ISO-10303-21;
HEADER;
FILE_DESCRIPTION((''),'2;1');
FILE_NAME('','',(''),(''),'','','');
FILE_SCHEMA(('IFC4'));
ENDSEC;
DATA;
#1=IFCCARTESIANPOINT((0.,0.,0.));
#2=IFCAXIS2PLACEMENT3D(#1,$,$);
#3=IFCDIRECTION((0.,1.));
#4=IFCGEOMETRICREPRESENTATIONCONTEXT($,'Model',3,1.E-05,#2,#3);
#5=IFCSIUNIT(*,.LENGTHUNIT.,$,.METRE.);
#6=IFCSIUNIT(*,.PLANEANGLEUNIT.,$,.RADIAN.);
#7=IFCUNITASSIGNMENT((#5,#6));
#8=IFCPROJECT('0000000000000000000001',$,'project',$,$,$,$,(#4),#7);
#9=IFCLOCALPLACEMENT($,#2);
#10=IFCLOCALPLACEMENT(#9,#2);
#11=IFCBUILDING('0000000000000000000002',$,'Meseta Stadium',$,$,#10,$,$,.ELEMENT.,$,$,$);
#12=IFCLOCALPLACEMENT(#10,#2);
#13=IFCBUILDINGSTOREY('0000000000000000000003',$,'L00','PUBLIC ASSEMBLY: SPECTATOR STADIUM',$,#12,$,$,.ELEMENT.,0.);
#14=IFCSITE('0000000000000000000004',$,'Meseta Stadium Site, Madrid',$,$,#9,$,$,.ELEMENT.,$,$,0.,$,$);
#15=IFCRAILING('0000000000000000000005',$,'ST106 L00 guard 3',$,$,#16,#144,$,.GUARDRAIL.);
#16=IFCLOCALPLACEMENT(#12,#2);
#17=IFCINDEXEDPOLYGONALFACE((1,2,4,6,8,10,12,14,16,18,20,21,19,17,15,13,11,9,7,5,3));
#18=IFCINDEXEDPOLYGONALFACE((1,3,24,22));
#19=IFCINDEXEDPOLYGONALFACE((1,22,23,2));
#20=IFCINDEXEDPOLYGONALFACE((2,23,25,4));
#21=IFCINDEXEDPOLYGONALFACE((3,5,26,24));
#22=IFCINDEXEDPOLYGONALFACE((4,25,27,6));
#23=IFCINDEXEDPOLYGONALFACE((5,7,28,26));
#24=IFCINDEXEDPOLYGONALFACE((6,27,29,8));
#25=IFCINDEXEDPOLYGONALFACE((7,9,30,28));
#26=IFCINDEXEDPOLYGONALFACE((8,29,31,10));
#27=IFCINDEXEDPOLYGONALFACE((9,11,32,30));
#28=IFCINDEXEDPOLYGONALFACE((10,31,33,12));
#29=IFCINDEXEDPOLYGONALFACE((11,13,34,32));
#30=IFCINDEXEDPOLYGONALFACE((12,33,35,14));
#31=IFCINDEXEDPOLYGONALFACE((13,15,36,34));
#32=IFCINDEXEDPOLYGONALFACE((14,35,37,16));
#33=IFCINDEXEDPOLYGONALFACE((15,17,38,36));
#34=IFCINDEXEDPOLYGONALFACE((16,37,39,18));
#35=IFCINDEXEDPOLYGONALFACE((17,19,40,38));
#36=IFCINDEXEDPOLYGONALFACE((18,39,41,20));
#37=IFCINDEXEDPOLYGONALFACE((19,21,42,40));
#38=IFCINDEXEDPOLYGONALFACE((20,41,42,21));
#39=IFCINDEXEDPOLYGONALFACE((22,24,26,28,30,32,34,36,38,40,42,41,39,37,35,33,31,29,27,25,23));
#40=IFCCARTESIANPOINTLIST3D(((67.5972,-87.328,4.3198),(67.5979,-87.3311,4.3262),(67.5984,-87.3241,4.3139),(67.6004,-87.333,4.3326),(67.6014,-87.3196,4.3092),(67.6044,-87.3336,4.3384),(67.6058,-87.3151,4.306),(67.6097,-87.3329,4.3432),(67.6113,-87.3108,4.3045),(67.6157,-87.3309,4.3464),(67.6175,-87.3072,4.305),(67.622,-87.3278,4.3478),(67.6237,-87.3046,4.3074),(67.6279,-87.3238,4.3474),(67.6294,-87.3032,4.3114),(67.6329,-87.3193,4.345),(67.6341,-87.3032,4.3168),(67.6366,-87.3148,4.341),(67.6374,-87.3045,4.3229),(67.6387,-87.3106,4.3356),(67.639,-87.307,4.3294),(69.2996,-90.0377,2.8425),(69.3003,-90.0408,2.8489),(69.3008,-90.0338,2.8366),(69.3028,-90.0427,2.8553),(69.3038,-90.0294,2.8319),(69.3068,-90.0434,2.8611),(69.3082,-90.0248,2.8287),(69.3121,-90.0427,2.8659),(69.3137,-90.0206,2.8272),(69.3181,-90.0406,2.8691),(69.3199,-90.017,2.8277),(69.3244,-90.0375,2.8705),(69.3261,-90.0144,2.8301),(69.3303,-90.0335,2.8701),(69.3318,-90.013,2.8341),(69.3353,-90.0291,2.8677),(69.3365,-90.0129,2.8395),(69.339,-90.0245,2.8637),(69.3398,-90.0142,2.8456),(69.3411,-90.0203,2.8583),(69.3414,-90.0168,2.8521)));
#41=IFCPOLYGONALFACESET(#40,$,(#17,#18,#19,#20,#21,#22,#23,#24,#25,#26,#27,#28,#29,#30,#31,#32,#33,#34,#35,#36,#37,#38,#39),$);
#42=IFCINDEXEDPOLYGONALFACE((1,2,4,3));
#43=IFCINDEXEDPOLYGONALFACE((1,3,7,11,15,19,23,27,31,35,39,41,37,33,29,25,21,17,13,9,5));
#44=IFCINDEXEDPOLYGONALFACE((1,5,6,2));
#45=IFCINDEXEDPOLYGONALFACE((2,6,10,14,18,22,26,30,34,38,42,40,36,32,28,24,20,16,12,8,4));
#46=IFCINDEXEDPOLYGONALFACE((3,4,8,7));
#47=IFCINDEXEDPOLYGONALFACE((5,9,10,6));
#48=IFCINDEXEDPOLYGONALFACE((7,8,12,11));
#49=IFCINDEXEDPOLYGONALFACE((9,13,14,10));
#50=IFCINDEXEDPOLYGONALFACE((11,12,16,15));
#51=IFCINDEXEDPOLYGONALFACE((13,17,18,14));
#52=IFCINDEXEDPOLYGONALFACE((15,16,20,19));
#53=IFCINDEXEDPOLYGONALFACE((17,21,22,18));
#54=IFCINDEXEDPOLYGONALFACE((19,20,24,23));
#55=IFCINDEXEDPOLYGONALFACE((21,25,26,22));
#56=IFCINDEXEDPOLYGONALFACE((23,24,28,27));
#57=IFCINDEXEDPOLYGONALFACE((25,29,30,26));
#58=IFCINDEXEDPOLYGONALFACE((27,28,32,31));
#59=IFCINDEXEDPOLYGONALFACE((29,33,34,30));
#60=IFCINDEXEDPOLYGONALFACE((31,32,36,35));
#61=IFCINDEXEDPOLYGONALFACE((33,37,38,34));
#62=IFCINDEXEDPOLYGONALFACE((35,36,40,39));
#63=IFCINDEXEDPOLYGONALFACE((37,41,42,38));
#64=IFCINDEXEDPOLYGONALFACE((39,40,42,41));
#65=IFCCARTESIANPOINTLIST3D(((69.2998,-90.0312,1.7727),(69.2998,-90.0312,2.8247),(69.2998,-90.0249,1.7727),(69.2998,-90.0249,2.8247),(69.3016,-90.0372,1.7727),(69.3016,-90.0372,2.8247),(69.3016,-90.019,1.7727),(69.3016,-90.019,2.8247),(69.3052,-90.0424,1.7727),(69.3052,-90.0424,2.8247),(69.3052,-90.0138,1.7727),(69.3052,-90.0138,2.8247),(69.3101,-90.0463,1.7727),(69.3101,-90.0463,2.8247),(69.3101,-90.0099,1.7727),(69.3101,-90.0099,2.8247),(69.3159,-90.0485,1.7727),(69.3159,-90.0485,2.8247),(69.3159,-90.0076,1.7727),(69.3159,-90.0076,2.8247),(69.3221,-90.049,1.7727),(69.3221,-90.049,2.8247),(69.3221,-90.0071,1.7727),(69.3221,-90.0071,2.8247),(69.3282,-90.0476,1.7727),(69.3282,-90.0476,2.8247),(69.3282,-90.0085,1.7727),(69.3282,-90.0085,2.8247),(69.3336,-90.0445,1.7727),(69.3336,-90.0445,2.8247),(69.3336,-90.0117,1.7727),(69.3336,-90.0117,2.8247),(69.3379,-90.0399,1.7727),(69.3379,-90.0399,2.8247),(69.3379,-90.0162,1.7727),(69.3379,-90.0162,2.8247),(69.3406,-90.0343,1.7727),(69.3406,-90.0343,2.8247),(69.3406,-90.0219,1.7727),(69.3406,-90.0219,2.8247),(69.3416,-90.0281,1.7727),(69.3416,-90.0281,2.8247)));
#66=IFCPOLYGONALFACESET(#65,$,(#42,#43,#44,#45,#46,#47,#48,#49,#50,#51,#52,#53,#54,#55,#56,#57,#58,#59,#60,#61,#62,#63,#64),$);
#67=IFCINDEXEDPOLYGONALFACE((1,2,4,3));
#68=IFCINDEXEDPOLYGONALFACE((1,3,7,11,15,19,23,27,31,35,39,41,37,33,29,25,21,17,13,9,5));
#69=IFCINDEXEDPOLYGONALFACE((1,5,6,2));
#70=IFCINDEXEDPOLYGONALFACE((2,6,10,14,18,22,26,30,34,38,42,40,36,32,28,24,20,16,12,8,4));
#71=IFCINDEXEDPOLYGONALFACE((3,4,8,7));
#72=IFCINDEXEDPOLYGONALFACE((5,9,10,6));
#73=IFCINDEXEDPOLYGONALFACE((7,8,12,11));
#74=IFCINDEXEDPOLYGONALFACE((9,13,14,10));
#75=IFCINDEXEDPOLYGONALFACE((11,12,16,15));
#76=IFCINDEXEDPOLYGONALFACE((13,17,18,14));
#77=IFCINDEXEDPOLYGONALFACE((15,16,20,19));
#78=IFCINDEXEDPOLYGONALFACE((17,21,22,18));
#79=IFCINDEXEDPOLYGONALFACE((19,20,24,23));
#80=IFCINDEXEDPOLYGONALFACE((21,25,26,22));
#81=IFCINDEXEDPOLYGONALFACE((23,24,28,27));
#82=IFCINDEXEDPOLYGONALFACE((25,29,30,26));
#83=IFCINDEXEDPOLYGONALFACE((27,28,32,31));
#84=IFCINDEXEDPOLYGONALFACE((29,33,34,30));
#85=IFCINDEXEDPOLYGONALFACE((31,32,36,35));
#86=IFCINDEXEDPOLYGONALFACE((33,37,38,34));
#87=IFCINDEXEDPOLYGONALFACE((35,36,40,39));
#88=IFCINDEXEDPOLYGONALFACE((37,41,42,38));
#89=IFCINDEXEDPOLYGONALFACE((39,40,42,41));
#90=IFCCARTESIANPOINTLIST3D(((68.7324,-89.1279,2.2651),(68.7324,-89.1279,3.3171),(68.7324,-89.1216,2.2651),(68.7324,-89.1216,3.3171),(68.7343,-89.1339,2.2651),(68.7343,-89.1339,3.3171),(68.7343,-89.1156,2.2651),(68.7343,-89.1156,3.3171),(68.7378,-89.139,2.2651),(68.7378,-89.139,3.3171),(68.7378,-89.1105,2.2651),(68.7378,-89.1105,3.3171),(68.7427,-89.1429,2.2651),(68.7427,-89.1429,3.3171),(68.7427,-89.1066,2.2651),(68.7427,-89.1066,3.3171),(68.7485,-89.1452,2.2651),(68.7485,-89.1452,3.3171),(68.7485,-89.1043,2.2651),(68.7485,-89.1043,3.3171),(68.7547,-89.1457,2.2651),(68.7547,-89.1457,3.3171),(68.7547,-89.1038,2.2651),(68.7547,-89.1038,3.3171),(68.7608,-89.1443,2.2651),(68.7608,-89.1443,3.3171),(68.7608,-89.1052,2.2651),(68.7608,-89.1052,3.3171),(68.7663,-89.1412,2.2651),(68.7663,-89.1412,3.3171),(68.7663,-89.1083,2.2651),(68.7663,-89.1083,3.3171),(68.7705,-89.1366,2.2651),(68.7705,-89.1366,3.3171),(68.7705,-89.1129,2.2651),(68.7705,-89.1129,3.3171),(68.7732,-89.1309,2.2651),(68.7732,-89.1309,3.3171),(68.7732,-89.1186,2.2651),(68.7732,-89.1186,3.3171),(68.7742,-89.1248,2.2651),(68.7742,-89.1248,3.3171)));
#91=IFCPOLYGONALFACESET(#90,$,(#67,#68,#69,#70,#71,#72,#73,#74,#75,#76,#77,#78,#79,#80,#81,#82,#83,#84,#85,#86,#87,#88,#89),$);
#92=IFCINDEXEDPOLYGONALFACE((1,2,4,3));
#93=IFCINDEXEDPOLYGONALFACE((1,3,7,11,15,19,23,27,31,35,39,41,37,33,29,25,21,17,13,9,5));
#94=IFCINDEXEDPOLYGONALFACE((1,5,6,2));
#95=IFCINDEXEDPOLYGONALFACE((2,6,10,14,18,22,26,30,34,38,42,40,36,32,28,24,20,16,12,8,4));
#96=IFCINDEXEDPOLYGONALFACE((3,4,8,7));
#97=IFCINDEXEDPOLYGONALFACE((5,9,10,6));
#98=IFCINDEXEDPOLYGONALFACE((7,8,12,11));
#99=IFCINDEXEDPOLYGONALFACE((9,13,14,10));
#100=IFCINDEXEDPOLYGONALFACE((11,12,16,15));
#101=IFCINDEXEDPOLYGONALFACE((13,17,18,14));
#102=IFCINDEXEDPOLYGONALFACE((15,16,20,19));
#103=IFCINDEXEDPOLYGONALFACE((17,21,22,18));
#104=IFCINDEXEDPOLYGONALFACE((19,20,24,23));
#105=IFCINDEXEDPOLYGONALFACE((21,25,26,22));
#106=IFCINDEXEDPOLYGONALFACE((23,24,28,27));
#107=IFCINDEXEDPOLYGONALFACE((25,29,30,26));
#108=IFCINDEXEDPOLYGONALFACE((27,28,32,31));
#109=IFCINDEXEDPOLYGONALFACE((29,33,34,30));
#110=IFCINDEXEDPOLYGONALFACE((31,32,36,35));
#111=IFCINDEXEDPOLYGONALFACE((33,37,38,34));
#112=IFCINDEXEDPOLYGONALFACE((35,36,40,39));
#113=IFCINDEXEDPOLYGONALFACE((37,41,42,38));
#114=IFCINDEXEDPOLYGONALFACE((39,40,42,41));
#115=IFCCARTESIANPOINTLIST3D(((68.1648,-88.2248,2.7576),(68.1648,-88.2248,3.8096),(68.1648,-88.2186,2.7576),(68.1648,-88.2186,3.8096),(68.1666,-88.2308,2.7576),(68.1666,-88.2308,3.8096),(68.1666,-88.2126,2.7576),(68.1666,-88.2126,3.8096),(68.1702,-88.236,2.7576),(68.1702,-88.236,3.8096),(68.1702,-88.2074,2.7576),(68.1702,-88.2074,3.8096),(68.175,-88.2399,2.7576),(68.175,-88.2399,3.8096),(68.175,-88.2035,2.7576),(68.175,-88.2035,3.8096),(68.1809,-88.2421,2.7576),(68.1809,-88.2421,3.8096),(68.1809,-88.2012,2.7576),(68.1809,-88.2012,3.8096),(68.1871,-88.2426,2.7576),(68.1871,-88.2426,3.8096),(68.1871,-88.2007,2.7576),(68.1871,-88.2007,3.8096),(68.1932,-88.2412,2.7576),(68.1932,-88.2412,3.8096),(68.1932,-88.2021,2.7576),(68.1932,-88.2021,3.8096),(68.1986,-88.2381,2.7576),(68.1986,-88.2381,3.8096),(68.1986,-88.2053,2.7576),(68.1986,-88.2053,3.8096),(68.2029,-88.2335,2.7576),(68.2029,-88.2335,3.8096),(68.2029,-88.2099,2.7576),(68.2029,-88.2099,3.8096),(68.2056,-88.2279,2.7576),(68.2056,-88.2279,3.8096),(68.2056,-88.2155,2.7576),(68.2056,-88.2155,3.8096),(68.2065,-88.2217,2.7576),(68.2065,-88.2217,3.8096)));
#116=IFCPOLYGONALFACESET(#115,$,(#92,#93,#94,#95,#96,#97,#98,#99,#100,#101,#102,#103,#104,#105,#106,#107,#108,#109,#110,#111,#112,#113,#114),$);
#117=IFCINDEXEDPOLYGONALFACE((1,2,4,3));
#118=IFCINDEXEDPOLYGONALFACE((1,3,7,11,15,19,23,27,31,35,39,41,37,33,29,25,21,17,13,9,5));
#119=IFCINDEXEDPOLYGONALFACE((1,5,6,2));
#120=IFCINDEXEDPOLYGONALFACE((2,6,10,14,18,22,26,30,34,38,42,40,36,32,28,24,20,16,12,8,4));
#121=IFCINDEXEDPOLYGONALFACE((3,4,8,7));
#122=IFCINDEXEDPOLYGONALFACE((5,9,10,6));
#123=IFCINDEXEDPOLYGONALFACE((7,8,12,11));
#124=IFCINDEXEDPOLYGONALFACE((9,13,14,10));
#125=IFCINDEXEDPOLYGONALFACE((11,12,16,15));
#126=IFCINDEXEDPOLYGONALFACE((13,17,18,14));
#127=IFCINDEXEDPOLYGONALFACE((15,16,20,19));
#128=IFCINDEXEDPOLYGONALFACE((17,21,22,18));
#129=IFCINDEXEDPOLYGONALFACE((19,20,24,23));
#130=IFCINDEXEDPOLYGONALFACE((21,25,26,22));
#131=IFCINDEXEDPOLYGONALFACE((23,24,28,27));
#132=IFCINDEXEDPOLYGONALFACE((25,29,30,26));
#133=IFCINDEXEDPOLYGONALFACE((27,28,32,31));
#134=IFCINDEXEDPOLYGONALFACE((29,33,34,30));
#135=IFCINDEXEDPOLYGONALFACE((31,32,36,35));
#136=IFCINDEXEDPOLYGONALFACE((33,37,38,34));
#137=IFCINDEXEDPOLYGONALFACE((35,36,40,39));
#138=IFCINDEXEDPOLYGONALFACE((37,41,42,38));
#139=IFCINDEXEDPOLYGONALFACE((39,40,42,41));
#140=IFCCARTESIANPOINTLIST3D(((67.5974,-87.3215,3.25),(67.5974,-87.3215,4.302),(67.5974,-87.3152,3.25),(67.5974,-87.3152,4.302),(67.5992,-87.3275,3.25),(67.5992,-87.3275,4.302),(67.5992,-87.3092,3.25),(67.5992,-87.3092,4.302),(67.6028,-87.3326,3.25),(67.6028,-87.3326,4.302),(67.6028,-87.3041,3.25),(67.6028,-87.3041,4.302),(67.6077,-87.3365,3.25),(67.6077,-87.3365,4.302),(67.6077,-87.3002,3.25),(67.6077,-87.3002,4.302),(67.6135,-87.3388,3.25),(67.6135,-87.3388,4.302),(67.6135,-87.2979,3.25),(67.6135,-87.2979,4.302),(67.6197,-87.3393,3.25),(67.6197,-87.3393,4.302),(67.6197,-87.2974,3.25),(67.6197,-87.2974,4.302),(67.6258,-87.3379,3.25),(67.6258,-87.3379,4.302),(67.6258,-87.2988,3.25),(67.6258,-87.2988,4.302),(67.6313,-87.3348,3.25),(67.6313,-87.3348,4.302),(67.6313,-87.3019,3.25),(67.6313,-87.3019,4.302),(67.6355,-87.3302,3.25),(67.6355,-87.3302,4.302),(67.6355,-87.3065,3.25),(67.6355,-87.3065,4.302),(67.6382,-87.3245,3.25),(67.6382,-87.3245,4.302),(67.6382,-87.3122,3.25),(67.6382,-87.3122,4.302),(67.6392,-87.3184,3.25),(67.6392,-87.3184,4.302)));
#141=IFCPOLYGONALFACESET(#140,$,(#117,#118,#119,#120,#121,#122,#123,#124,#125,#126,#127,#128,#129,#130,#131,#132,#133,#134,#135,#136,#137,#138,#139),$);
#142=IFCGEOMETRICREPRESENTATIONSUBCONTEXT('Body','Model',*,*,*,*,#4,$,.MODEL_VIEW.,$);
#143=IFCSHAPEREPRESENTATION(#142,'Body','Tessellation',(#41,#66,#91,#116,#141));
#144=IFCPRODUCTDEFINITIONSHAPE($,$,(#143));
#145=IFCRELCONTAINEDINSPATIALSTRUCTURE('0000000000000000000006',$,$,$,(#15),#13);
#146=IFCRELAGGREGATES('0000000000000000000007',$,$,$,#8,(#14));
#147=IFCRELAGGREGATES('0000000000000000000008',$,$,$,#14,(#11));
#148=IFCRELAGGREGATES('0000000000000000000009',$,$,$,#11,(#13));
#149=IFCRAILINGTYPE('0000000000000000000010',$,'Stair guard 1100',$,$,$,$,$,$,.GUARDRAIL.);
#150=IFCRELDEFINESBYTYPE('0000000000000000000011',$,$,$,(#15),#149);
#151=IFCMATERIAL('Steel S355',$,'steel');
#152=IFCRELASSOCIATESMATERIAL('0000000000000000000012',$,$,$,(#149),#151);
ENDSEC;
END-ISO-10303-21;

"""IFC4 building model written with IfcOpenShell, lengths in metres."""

from ifc_helpers import new_model, si_unit, direction, frame, origin, origin_2d, place, context, subcontext, project, spatial, circle, extrude, material, type_object, element, save


model = new_model("IFC4")

# Units and contexts
model_context = context("Model", 3, precision=1e-05, world=origin(), true_north=direction((0.0, 1.0)))
body_context = subcontext(model_context, "Body", "Model", "MODEL_VIEW")
ifc_project = project(units=[si_unit("LENGTHUNIT", "METRE"), si_unit("PLANEANGLEUNIT", "RADIAN")], contexts=[model_context])

# Site, building, storey
site_placement = place(None, origin())
site = spatial("IfcSite", under=ifc_project, at=site_placement, Name="Meseta Stadium Site, Madrid", CompositionType="ELEMENT", RefElevation=0.0)
building_placement = place(site_placement, origin())
building = spatial("IfcBuilding", under=site, at=building_placement, Name="Meseta Stadium", CompositionType="ELEMENT")
storey_placement = place(building_placement, origin())
storey = spatial("IfcBuildingStorey", under=building, at=storey_placement, Name="L00", Description="PUBLIC ASSEMBLY: SPECTATOR STADIUM", CompositionType="ELEMENT", Elevation=0.0)

# Railing
ifc_material_1 = material(Name="Steel S355", Category="steel")
railing_type_1 = type_object("IfcRailingType", Name="Stair guard 1100", PredefinedType="GUARDRAIL", material=ifc_material_1)
railing_1_placement = place(storey_placement, frame((69.3206, -90.0281, 1.7727)))
element("IfcRailing", 1, at=railing_1_placement, inside=storey, type_object=railing_type_1, Name="ST106 L00 guard 3", PredefinedType="GUARDRAIL", context=body_context, shape_type="SweptSolid", body=[
    extrude(circle(Radius=0.0239, at=origin_2d()), frame((0.0, 0.0, 1.0762), z_axis=(-0.482997, 0.768792, 0.419133), x_axis=(-0.846757, -0.531979, 0.0)), (0.0, 0.0, 1.0), 3.5247),
    extrude(circle(Radius=0.021, at=origin_2d()), origin(), (0.0, 0.0, 1.0), 1.052),
    extrude(circle(Radius=0.021, at=origin_2d()), frame((-0.5674, 0.9033, 0.4924)), (0.0, 0.0, 1.0), 1.052),
    extrude(circle(Radius=0.021, at=origin_2d()), frame((-1.135, 1.8064, 0.9849)), (0.0, 0.0, 1.0), 1.052),
    extrude(circle(Radius=0.021, at=origin_2d()), frame((-1.7024, 2.7097, 1.4773)), (0.0, 0.0, 1.0), 1.052),
])

save(model, "model.ifc")
